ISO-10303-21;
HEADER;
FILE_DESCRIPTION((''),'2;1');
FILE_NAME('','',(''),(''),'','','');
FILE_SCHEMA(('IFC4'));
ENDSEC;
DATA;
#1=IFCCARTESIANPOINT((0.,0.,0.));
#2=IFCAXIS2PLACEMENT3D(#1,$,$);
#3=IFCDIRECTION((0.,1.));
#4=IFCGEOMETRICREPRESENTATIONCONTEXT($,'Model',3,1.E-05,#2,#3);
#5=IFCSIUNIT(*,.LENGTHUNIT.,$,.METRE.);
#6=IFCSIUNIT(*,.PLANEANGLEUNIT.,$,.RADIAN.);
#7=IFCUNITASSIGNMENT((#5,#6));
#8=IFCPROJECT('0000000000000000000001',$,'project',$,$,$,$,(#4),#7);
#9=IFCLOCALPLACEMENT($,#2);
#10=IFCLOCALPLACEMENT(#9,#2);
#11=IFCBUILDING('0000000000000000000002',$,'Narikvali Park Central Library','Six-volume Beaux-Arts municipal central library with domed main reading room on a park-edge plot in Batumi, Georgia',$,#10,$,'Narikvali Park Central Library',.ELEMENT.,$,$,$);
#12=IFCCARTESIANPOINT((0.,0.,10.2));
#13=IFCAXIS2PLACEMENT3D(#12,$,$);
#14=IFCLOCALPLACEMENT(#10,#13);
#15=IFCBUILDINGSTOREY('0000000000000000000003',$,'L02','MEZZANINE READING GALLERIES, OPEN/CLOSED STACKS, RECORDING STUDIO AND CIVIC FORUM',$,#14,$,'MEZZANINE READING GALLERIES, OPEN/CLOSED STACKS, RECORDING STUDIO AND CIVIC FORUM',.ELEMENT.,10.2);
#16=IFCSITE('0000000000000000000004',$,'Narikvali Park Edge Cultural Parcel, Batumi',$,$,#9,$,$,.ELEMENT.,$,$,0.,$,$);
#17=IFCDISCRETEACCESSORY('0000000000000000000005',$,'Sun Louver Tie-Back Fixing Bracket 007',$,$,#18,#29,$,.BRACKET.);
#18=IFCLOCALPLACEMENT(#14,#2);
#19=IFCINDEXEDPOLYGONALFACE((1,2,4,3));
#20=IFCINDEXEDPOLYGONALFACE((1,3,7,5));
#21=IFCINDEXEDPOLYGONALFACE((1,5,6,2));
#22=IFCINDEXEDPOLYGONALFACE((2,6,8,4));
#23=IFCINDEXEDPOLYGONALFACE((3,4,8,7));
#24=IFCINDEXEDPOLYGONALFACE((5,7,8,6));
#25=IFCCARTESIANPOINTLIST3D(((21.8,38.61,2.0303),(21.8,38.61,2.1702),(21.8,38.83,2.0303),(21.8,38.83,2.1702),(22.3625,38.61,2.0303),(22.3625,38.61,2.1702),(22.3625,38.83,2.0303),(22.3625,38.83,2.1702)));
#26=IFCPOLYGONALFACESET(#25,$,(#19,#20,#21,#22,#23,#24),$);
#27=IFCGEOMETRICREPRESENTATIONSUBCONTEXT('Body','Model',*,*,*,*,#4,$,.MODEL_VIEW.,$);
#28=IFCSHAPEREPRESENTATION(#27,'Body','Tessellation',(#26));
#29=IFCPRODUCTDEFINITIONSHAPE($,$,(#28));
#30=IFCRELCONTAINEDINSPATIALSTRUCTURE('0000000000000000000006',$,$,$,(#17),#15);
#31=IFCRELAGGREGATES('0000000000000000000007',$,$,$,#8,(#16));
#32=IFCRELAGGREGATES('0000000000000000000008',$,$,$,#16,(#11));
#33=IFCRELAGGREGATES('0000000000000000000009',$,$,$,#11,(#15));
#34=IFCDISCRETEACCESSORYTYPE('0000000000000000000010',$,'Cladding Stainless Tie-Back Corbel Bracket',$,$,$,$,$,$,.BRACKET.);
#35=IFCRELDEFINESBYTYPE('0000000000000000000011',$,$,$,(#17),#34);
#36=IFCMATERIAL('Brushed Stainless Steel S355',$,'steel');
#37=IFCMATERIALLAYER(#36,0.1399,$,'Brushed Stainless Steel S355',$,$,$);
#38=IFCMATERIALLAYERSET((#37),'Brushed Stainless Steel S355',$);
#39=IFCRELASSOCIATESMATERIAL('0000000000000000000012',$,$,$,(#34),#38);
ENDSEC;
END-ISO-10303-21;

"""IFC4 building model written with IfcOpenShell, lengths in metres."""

from ifc_helpers import new_model, si_unit, direction, frame, origin, origin_2d, place, context, subcontext, project, spatial, rectangle, extrude, material, layer, layer_set, type_object, element, save


model = new_model("IFC4")

# Units and contexts
model_context = context("Model", 3, precision=1e-05, world=origin(), true_north=direction((0.0, 1.0)))
body_context = subcontext(model_context, "Body", "Model", "MODEL_VIEW")
ifc_project = project(units=[si_unit("LENGTHUNIT", "METRE"), si_unit("PLANEANGLEUNIT", "RADIAN")], contexts=[model_context])

# Site, building, storey
site_placement = place(None, origin())
site = spatial("IfcSite", under=ifc_project, at=site_placement, Name="Narikvali Park Edge Cultural Parcel, Batumi", CompositionType="ELEMENT", RefElevation=0.0)
building_placement = place(site_placement, origin())
building = spatial("IfcBuilding", under=site, at=building_placement, Name="Narikvali Park Central Library", Description="Six-volume Beaux-Arts municipal central library with domed main reading room on a park-edge plot in Batumi, Georgia", LongName="Narikvali Park Central Library", CompositionType="ELEMENT")
storey_placement = place(building_placement, frame((0.0, 0.0, 10.2)))
storey = spatial("IfcBuildingStorey", under=building, at=storey_placement, Name="L02", Description="MEZZANINE READING GALLERIES, OPEN/CLOSED STACKS, RECORDING STUDIO AND CIVIC FORUM", LongName="MEZZANINE READING GALLERIES, OPEN/CLOSED STACKS, RECORDING STUDIO AND CIVIC FORUM", CompositionType="ELEMENT", Elevation=10.2)

# Discrete accessory
ifc_material_1 = material(Name="Brushed Stainless Steel S355", Category="steel")
ifc_layer_1 = layer(ifc_material_1, 0.1399, Name="Brushed Stainless Steel S355")
ifc_layer_set_1 = layer_set([ifc_layer_1], Name="Brushed Stainless Steel S355")
discrete_accessory_type = type_object("IfcDiscreteAccessoryType", Name="Cladding Stainless Tie-Back Corbel Bracket", PredefinedType="BRACKET", material=ifc_layer_set_1)
discrete_accessory_1_placement = place(storey_placement, frame((22.0813, 38.72, 2.0303), z_axis=(0.0, 0.0, 1.0), x_axis=(1.0, 0.0, 0.0)))
element("IfcDiscreteAccessory", 1, at=discrete_accessory_1_placement, inside=storey, type_object=discrete_accessory_type, Name="Sun Louver Tie-Back Fixing Bracket 007", PredefinedType="BRACKET", context=body_context, shape_type="SweptSolid", body=[
    extrude(rectangle(XDim=0.5625, YDim=0.22, at=origin_2d()), origin(), (0.0, 0.0, 1.0), 0.1399),
])

save(model, "model.ifc")
